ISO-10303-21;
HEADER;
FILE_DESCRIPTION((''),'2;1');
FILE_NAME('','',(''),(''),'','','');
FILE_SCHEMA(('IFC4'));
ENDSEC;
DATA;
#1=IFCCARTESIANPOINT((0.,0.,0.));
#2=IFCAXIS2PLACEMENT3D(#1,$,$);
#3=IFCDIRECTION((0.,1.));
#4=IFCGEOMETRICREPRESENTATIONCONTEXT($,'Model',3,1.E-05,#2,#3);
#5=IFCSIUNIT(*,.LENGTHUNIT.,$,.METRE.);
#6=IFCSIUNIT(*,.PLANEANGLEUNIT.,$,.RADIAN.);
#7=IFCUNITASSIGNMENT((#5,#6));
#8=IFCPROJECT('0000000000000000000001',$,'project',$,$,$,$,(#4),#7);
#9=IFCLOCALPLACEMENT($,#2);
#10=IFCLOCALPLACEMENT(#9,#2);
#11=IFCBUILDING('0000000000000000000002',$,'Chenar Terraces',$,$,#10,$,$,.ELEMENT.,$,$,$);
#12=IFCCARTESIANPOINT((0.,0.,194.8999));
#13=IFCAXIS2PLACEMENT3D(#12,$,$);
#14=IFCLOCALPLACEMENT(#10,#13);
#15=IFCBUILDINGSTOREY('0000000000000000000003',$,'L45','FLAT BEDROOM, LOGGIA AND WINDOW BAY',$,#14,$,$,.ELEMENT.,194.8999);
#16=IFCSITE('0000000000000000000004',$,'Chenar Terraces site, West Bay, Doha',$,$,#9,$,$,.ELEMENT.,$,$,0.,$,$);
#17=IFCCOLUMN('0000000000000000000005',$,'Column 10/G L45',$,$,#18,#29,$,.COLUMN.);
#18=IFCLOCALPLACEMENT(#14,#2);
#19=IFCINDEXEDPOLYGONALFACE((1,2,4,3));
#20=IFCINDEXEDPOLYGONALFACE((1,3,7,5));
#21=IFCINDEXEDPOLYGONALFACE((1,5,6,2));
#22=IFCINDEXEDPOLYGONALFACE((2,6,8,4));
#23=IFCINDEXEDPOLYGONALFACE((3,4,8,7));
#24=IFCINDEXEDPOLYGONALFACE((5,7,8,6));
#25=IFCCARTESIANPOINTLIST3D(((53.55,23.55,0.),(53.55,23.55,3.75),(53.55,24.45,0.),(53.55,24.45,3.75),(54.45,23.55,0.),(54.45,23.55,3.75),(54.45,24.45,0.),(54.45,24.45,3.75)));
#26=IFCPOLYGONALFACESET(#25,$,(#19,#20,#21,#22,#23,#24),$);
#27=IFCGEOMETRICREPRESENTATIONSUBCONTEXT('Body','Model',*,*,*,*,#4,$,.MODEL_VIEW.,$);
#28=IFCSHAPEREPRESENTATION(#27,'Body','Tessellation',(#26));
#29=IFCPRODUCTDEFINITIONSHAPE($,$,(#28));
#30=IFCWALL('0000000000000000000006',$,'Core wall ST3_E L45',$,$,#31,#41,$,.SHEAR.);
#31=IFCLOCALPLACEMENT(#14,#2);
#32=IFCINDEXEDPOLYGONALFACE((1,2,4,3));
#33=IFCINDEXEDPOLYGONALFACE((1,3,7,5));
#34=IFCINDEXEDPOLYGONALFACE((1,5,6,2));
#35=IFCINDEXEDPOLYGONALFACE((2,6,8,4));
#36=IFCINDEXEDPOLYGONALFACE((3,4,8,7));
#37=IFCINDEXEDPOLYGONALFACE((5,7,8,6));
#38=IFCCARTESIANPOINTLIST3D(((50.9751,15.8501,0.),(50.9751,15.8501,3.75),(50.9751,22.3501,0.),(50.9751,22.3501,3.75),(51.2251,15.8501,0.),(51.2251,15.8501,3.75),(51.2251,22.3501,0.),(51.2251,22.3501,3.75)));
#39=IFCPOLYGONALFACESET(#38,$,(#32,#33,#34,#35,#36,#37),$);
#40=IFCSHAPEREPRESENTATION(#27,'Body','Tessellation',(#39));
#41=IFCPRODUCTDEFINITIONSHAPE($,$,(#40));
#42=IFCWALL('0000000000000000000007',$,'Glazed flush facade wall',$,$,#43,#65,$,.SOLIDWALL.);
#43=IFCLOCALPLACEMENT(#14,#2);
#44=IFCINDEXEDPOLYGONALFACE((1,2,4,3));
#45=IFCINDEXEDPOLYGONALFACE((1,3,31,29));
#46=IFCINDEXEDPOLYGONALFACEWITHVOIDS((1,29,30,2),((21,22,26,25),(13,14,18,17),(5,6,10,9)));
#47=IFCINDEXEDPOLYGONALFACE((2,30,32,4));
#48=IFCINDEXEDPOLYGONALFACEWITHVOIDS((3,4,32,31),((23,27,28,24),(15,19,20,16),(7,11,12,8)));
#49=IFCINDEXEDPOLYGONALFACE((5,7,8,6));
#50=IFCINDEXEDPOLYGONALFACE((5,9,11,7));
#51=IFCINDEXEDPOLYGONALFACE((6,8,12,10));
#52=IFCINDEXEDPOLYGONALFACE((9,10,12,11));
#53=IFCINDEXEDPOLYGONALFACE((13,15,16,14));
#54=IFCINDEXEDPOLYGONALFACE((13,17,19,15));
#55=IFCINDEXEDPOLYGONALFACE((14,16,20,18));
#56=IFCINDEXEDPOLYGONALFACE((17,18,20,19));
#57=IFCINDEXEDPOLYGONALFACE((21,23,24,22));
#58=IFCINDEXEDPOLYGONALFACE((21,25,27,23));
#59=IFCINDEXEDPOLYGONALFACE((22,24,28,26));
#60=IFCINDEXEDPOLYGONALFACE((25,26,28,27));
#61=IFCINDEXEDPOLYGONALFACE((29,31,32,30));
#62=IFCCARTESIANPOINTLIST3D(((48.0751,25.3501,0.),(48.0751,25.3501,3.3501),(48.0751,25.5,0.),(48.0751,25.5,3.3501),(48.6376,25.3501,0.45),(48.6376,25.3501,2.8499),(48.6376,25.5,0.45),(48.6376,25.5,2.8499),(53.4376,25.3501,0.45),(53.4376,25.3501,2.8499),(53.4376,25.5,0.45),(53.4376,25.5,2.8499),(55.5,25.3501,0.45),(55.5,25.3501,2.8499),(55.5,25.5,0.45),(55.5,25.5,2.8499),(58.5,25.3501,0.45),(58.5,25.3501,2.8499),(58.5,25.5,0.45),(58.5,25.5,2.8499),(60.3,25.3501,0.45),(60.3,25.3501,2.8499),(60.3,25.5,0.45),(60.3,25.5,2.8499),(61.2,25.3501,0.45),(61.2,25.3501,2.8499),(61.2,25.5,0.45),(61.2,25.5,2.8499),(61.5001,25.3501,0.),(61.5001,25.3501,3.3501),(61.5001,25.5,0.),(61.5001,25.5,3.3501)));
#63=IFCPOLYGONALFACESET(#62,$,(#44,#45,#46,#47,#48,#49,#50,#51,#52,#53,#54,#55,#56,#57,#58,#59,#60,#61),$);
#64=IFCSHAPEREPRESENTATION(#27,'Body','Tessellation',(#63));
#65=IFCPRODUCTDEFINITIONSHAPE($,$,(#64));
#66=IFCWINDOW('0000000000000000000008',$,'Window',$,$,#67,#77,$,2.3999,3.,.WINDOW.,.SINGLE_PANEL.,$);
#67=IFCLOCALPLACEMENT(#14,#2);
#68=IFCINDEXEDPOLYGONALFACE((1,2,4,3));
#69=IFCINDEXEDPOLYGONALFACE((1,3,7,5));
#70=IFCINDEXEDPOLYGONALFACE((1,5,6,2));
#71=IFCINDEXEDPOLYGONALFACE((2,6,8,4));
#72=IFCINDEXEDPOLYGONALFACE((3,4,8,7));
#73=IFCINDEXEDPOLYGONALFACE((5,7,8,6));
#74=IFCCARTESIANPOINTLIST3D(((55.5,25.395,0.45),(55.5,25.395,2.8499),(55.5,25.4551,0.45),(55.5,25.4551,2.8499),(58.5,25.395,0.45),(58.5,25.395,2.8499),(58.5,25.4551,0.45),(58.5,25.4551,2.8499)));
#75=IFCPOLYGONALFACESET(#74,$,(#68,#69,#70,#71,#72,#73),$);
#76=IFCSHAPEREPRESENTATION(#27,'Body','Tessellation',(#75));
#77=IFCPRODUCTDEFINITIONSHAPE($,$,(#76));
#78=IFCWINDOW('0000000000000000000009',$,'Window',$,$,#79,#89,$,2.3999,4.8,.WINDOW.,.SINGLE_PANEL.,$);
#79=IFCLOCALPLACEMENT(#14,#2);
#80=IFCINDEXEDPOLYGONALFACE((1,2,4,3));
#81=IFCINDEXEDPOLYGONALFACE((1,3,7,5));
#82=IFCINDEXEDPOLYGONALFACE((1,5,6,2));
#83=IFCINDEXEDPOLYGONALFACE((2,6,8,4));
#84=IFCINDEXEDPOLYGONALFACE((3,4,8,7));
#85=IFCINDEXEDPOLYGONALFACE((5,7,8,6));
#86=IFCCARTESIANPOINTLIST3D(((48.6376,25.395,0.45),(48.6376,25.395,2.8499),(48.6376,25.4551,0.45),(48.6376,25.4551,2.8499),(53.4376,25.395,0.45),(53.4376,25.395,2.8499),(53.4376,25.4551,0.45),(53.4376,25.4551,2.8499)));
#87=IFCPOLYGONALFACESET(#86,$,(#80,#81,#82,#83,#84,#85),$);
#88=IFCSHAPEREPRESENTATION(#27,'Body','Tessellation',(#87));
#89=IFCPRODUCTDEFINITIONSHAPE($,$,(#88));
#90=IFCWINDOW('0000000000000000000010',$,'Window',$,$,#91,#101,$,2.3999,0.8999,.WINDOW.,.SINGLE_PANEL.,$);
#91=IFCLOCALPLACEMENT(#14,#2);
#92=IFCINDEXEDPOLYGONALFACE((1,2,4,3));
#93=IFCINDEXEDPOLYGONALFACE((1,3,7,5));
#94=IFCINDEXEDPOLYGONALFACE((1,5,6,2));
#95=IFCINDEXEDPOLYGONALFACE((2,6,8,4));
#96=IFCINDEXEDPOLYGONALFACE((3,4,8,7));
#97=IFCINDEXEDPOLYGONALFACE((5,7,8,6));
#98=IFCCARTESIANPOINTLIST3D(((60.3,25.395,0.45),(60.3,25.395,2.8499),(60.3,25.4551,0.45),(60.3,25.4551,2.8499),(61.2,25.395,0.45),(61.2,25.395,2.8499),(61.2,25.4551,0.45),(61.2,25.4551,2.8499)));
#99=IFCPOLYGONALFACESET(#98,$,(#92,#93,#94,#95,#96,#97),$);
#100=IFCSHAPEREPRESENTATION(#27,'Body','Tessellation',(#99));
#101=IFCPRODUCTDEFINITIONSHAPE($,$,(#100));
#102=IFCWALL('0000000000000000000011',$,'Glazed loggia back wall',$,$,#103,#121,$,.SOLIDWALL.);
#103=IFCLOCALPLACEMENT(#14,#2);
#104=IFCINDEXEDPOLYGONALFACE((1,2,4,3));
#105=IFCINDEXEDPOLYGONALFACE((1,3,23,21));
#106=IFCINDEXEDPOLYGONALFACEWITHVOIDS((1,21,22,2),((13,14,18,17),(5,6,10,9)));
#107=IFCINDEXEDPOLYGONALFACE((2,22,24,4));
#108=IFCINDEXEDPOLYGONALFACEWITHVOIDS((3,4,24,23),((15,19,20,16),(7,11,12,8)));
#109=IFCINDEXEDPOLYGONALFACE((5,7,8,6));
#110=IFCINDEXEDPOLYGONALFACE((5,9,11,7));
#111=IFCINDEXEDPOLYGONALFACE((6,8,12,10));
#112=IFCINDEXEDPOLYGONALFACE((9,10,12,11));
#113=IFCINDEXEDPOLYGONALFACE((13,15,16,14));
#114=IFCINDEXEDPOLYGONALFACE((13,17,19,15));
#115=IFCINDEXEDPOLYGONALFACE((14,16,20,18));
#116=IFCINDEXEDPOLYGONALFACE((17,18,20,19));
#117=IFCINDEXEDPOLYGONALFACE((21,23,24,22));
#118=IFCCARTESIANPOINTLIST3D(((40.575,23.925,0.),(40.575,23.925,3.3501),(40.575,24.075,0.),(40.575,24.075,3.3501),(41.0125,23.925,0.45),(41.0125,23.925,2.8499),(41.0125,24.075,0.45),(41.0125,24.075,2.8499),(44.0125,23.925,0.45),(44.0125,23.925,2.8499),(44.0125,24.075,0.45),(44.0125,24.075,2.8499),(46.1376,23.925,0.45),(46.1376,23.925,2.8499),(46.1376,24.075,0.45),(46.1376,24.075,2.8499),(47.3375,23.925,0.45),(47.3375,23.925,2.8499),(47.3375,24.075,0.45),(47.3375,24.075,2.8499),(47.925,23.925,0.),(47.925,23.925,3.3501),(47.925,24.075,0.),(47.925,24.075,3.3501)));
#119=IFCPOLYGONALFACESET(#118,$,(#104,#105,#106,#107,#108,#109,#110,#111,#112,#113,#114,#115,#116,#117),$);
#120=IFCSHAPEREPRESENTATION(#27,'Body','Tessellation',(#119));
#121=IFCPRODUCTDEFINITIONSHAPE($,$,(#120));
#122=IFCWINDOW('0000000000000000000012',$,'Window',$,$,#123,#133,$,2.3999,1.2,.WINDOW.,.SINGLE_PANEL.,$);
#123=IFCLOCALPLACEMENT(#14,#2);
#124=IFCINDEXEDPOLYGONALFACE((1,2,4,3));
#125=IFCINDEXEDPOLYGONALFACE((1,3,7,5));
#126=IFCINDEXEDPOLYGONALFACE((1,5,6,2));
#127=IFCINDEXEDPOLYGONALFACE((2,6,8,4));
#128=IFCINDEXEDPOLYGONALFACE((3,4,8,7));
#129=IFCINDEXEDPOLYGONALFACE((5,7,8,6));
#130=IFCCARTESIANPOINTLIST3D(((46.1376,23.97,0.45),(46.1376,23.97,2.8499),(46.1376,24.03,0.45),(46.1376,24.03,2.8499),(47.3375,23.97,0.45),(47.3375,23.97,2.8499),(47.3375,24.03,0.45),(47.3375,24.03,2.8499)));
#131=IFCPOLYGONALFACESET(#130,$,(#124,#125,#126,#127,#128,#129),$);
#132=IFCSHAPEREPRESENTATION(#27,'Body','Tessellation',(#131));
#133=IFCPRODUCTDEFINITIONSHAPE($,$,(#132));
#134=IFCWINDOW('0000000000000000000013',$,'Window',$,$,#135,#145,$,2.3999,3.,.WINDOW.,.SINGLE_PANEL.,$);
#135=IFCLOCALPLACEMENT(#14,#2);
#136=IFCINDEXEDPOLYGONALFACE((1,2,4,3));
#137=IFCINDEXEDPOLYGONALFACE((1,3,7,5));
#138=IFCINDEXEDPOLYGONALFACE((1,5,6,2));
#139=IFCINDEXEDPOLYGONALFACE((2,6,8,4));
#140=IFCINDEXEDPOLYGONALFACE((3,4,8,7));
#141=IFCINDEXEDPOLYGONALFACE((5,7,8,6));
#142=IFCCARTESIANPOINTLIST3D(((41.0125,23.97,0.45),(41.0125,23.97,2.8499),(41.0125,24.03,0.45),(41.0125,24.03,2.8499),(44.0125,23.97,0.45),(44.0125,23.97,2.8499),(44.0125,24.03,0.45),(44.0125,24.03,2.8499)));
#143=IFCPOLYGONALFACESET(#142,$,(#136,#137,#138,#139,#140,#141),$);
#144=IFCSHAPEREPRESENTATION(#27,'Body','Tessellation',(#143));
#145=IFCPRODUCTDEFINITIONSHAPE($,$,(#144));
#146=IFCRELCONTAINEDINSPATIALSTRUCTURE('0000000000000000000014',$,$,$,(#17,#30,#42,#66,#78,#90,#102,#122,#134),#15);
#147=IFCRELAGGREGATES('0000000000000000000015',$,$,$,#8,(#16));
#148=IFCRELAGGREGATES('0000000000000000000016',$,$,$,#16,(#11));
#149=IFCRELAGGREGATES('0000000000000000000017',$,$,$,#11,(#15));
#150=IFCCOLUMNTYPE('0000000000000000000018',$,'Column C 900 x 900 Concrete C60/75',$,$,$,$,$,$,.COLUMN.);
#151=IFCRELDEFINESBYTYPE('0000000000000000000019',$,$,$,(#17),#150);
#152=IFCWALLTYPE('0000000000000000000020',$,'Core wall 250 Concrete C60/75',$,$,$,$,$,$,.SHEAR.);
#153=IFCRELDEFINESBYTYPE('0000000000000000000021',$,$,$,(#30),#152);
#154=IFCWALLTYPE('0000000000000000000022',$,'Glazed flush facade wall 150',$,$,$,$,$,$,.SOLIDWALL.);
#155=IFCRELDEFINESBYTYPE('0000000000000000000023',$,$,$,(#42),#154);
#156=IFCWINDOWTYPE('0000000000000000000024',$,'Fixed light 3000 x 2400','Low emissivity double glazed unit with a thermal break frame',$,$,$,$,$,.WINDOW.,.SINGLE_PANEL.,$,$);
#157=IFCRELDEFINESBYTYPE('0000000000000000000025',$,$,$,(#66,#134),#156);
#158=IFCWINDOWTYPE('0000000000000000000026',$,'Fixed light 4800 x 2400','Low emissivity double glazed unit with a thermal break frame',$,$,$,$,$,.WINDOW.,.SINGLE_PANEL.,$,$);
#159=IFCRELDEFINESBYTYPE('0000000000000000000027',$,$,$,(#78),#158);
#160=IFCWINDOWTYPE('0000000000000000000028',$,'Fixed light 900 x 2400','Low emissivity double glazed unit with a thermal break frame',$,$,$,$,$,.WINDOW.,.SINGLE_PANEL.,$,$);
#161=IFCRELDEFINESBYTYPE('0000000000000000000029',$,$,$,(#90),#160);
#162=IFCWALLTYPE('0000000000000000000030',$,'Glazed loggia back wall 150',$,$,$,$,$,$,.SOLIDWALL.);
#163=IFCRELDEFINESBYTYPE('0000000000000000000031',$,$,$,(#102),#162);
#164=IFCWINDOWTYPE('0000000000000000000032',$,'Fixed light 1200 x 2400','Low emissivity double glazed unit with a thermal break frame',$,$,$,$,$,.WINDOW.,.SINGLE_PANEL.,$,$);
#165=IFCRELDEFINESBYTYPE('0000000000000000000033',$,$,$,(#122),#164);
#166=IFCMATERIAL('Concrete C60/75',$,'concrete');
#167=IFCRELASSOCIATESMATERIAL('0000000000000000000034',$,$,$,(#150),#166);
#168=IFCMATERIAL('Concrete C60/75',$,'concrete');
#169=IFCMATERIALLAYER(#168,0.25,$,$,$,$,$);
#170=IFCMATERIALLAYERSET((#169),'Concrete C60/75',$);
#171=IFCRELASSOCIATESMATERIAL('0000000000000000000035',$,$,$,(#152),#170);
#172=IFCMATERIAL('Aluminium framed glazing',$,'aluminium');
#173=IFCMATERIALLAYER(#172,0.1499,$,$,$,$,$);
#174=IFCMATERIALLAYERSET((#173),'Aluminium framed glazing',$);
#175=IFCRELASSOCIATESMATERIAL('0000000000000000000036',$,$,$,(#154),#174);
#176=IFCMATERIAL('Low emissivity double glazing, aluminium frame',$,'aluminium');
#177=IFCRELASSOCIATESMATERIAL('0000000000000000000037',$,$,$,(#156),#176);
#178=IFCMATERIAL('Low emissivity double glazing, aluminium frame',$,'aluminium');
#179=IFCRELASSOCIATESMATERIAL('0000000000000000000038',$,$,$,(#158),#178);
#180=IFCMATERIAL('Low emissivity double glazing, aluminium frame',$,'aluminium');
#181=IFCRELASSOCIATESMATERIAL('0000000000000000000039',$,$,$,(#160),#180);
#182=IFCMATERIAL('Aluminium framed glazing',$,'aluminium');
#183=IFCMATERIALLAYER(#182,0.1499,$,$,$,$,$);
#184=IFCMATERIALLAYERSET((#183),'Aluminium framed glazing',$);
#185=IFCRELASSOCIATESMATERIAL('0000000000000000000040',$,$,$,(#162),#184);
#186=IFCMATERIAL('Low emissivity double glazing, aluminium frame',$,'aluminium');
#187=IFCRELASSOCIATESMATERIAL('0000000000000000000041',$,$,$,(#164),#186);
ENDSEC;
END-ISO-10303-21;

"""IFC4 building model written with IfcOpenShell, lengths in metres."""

from ifc_helpers import new_model, si_unit, direction, frame, frame_2d, origin, origin_2d, place, context, subcontext, project, spatial, rectangle, extrude, material, layer, layer_set, material_profile, profile_set, type_object, element, fill, save


model = new_model("IFC4")

# Units and contexts
model_context = context("Model", 3, precision=1e-05, world=origin(), true_north=direction((0.0, 1.0)))
body_context = subcontext(model_context, "Body", "Model", "MODEL_VIEW")
ifc_project = project(units=[si_unit("LENGTHUNIT", "METRE"), si_unit("PLANEANGLEUNIT", "RADIAN")], contexts=[model_context])

# Site, building, storey
site_placement = place(None, origin())
site = spatial("IfcSite", under=ifc_project, at=site_placement, Name="Chenar Terraces site, West Bay, Doha", CompositionType="ELEMENT", RefElevation=0.0)
building_placement = place(site_placement, origin())
building = spatial("IfcBuilding", under=site, at=building_placement, Name="Chenar Terraces", CompositionType="ELEMENT")
storey_placement = place(building_placement, frame((0.0, 0.0, 194.8999)))
storey = spatial("IfcBuildingStorey", under=building, at=storey_placement, Name="L45", Description="FLAT BEDROOM, LOGGIA AND WINDOW BAY", CompositionType="ELEMENT", Elevation=194.8999)

# Column
ifc_material_1 = material(Name="Concrete C60/75", Category="concrete")
ifc_material_profile_1 = material_profile(ifc_material_1, rectangle(XDim=0.8999, YDim=0.8999, at=origin_2d()), Name="C 900 x 900")
ifc_profile_set_1 = profile_set([ifc_material_profile_1], Name="Concrete C60/75")
column_type = type_object("IfcColumnType", Name="Column C 900 x 900 Concrete C60/75", PredefinedType="COLUMN", material=ifc_profile_set_1)
column_placement = place(storey_placement, frame((54.0, 24.0, 0.0), z_axis=(0.0, 0.0, 1.0), x_axis=(1.0, 0.0, 0.0)))
element("IfcColumn", 1, at=column_placement, inside=storey, type_object=column_type, Name="Column 10/G L45", PredefinedType="COLUMN", context=body_context, shape_type="SweptSolid", body=[
    extrude(rectangle(XDim=0.8999, YDim=0.8999, at=origin_2d()), origin(), (0.0, 0.0, 1.0), 3.75),
])

# Wall
ifc_material_2 = material(Name="Concrete C60/75", Category="concrete")
ifc_layer_1 = layer(ifc_material_2, 0.25)
ifc_layer_set_1 = layer_set([ifc_layer_1], Name="Concrete C60/75")
wall_type_1 = type_object("IfcWallType", Name="Core wall 250 Concrete C60/75", PredefinedType="SHEAR", material=ifc_layer_set_1)
wall_1_placement = place(storey_placement, frame((51.1001, 15.8501, 0.0), z_axis=(0.0, 0.0, 1.0), x_axis=(0.0, 1.0, 0.0)))
element("IfcWall", 2, at=wall_1_placement, inside=storey, type_object=wall_type_1, Name="Core wall ST3_E L45", PredefinedType="SHEAR", context=body_context, shape_type="SweptSolid", body=[
    extrude(rectangle(XDim=6.5, YDim=0.25, at=frame_2d((3.25, 0.0))), origin(), (0.0, 0.0, 1.0), 3.75),
])

# Walls, openings, windows
ifc_material_3 = material(Name="Aluminium framed glazing", Category="aluminium")
ifc_layer_2 = layer(ifc_material_3, 0.1499)
ifc_layer_set_2 = layer_set([ifc_layer_2], Name="Aluminium framed glazing")
wall_type_2 = type_object("IfcWallType", Name="Glazed flush facade wall 150", PredefinedType="SOLIDWALL", material=ifc_layer_set_2)
wall_2_placement = place(storey_placement, frame((61.5, 25.425, 0.0), z_axis=(0.0, 0.0, 1.0), x_axis=(-1.0, 0.0, 0.0)))
wall_2 = element("IfcWall", 3, at=wall_2_placement, inside=storey, type_object=wall_type_2, Name="Glazed flush facade wall", PredefinedType="SOLIDWALL", context=body_context, shape_type="SweptSolid", body=[
    extrude(rectangle(XDim=13.425, YDim=0.1499, at=frame_2d((6.7124, 0.0))), origin(), (0.0, 0.0, 1.0), 3.3501),
])
opening_1_placement = place(wall_2_placement, frame((0.3, 0.0, 0.45)))
opening_1 = element("IfcOpeningElement", 4, at=opening_1_placement, cuts=wall_2, PredefinedType="OPENING", context=body_context, shape_type="SweptSolid", body=[
    extrude(rectangle(XDim=0.8999, YDim=2.3999, at=frame_2d((0.45, 1.2))), frame((0.0, 0.085, 0.0), z_axis=(0.0, -1.0, 0.0), x_axis=(1.0, 0.0, 0.0)), (0.0, 0.0, 1.0), 0.1699),
])
opening_2_placement = place(wall_2_placement, frame((3.0, 0.0, 0.45)))
opening_2 = element("IfcOpeningElement", 5, at=opening_2_placement, cuts=wall_2, PredefinedType="OPENING", context=body_context, shape_type="SweptSolid", body=[
    extrude(rectangle(XDim=3.0, YDim=2.3999, at=frame_2d((1.5, 1.2))), frame((0.0, 0.085, 0.0), z_axis=(0.0, -1.0, 0.0), x_axis=(1.0, 0.0, 0.0)), (0.0, 0.0, 1.0), 0.1699),
])
opening_3_placement = place(wall_2_placement, frame((8.0625, 0.0, 0.45)))
opening_3 = element("IfcOpeningElement", 6, at=opening_3_placement, cuts=wall_2, PredefinedType="OPENING", context=body_context, shape_type="SweptSolid", body=[
    extrude(rectangle(XDim=4.8, YDim=2.3999, at=frame_2d((2.3999, 1.2))), frame((0.0, 0.085, 0.0), z_axis=(0.0, -1.0, 0.0), x_axis=(1.0, 0.0, 0.0)), (0.0, 0.0, 1.0), 0.1699),
])
ifc_material_4 = material(Name="Low emissivity double glazing, aluminium frame", Category="aluminium")
window_type_1 = type_object("IfcWindowType", Name="Fixed light 3000 x 2400", Description="Low emissivity double glazed unit with a thermal break frame", PartitioningType="SINGLE_PANEL", PredefinedType="WINDOW", material=ifc_material_4)
window_1_placement = place(opening_2_placement, origin())
window_1 = element("IfcWindow", 7, at=window_1_placement, inside=storey, type_object=window_type_1, Name="Window", OverallHeight=2.3999, OverallWidth=3.0, PartitioningType="SINGLE_PANEL", PredefinedType="WINDOW", context=body_context, shape_type="SweptSolid", body=[
    extrude(rectangle(XDim=3.0, YDim=2.3999, at=frame_2d((1.5, 1.2))), frame((0.0, 0.03, 0.0), z_axis=(0.0, -1.0, 0.0), x_axis=(1.0, 0.0, 0.0)), (0.0, 0.0, 1.0), 0.0601),
])
fill(opening_2, window_1)
ifc_material_5 = material(Name="Low emissivity double glazing, aluminium frame", Category="aluminium")
window_type_2 = type_object("IfcWindowType", Name="Fixed light 4800 x 2400", Description="Low emissivity double glazed unit with a thermal break frame", PartitioningType="SINGLE_PANEL", PredefinedType="WINDOW", material=ifc_material_5)
window_2_placement = place(opening_3_placement, origin())
window_2 = element("IfcWindow", 8, at=window_2_placement, inside=storey, type_object=window_type_2, Name="Window", OverallHeight=2.3999, OverallWidth=4.8, PartitioningType="SINGLE_PANEL", PredefinedType="WINDOW", context=body_context, shape_type="SweptSolid", body=[
    extrude(rectangle(XDim=4.8, YDim=2.3999, at=frame_2d((2.3999, 1.2))), frame((0.0, 0.03, 0.0), z_axis=(0.0, -1.0, 0.0), x_axis=(1.0, 0.0, 0.0)), (0.0, 0.0, 1.0), 0.0601),
])
fill(opening_3, window_2)
ifc_material_6 = material(Name="Low emissivity double glazing, aluminium frame", Category="aluminium")
window_type_3 = type_object("IfcWindowType", Name="Fixed light 900 x 2400", Description="Low emissivity double glazed unit with a thermal break frame", PartitioningType="SINGLE_PANEL", PredefinedType="WINDOW", material=ifc_material_6)
window_3_placement = place(opening_1_placement, origin())
window_3 = element("IfcWindow", 9, at=window_3_placement, inside=storey, type_object=window_type_3, Name="Window", OverallHeight=2.3999, OverallWidth=0.8999, PartitioningType="SINGLE_PANEL", PredefinedType="WINDOW", context=body_context, shape_type="SweptSolid", body=[
    extrude(rectangle(XDim=0.8999, YDim=2.3999, at=frame_2d((0.45, 1.2))), frame((0.0, 0.03, 0.0), z_axis=(0.0, -1.0, 0.0), x_axis=(1.0, 0.0, 0.0)), (0.0, 0.0, 1.0), 0.0601),
])
fill(opening_1, window_3)
ifc_material_7 = material(Name="Aluminium framed glazing", Category="aluminium")
ifc_layer_3 = layer(ifc_material_7, 0.1499)
ifc_layer_set_3 = layer_set([ifc_layer_3], Name="Aluminium framed glazing")
wall_type_3 = type_object("IfcWallType", Name="Glazed loggia back wall 150", PredefinedType="SOLIDWALL", material=ifc_layer_set_3)
wall_3_placement = place(storey_placement, frame((47.925, 24.0, 0.0), z_axis=(0.0, 0.0, 1.0), x_axis=(-1.0, 0.0, 0.0)))
wall_3 = element("IfcWall", 10, at=wall_3_placement, inside=storey, type_object=wall_type_3, Name="Glazed loggia back wall", PredefinedType="SOLIDWALL", context=body_context, shape_type="SweptSolid", body=[
    extrude(rectangle(XDim=7.3501, YDim=0.1499, at=frame_2d((3.675, 0.0))), origin(), (0.0, 0.0, 1.0), 3.3501),
])
opening_4_placement = place(wall_3_placement, frame((0.5874, 0.0, 0.45)))
opening_4 = element("IfcOpeningElement", 11, at=opening_4_placement, cuts=wall_3, PredefinedType="OPENING", context=body_context, shape_type="SweptSolid", body=[
    extrude(rectangle(XDim=1.2, YDim=2.3999, at=frame_2d((0.6001, 1.2))), frame((0.0, 0.085, 0.0), z_axis=(0.0, -1.0, 0.0), x_axis=(1.0, 0.0, 0.0)), (0.0, 0.0, 1.0), 0.1699),
])
opening_5_placement = place(wall_3_placement, frame((3.9126, 0.0, 0.45)))
opening_5 = element("IfcOpeningElement", 12, at=opening_5_placement, cuts=wall_3, PredefinedType="OPENING", context=body_context, shape_type="SweptSolid", body=[
    extrude(rectangle(XDim=3.0, YDim=2.3999, at=frame_2d((1.5, 1.2))), frame((0.0, 0.085, 0.0), z_axis=(0.0, -1.0, 0.0), x_axis=(1.0, 0.0, 0.0)), (0.0, 0.0, 1.0), 0.1699),
])
ifc_material_8 = material(Name="Low emissivity double glazing, aluminium frame", Category="aluminium")
window_type_4 = type_object("IfcWindowType", Name="Fixed light 1200 x 2400", Description="Low emissivity double glazed unit with a thermal break frame", PartitioningType="SINGLE_PANEL", PredefinedType="WINDOW", material=ifc_material_8)
window_4_placement = place(opening_4_placement, origin())
window_4 = element("IfcWindow", 13, at=window_4_placement, inside=storey, type_object=window_type_4, Name="Window", OverallHeight=2.3999, OverallWidth=1.2, PartitioningType="SINGLE_PANEL", PredefinedType="WINDOW", context=body_context, shape_type="SweptSolid", body=[
    extrude(rectangle(XDim=1.2, YDim=2.3999, at=frame_2d((0.6001, 1.2))), frame((0.0, 0.03, 0.0), z_axis=(0.0, -1.0, 0.0), x_axis=(1.0, 0.0, 0.0)), (0.0, 0.0, 1.0), 0.0601),
])
fill(opening_4, window_4)
window_5_placement = place(opening_5_placement, origin())
window_5 = element("IfcWindow", 14, at=window_5_placement, inside=storey, type_object=window_type_1, Name="Window", OverallHeight=2.3999, OverallWidth=3.0, PartitioningType="SINGLE_PANEL", PredefinedType="WINDOW", context=body_context, shape_type="SweptSolid", body=[
    extrude(rectangle(XDim=3.0, YDim=2.3999, at=frame_2d((1.5, 1.2))), frame((0.0, 0.03, 0.0), z_axis=(0.0, -1.0, 0.0), x_axis=(1.0, 0.0, 0.0)), (0.0, 0.0, 1.0), 0.0601),
])
fill(opening_5, window_5)

save(model, "model.ifc")
